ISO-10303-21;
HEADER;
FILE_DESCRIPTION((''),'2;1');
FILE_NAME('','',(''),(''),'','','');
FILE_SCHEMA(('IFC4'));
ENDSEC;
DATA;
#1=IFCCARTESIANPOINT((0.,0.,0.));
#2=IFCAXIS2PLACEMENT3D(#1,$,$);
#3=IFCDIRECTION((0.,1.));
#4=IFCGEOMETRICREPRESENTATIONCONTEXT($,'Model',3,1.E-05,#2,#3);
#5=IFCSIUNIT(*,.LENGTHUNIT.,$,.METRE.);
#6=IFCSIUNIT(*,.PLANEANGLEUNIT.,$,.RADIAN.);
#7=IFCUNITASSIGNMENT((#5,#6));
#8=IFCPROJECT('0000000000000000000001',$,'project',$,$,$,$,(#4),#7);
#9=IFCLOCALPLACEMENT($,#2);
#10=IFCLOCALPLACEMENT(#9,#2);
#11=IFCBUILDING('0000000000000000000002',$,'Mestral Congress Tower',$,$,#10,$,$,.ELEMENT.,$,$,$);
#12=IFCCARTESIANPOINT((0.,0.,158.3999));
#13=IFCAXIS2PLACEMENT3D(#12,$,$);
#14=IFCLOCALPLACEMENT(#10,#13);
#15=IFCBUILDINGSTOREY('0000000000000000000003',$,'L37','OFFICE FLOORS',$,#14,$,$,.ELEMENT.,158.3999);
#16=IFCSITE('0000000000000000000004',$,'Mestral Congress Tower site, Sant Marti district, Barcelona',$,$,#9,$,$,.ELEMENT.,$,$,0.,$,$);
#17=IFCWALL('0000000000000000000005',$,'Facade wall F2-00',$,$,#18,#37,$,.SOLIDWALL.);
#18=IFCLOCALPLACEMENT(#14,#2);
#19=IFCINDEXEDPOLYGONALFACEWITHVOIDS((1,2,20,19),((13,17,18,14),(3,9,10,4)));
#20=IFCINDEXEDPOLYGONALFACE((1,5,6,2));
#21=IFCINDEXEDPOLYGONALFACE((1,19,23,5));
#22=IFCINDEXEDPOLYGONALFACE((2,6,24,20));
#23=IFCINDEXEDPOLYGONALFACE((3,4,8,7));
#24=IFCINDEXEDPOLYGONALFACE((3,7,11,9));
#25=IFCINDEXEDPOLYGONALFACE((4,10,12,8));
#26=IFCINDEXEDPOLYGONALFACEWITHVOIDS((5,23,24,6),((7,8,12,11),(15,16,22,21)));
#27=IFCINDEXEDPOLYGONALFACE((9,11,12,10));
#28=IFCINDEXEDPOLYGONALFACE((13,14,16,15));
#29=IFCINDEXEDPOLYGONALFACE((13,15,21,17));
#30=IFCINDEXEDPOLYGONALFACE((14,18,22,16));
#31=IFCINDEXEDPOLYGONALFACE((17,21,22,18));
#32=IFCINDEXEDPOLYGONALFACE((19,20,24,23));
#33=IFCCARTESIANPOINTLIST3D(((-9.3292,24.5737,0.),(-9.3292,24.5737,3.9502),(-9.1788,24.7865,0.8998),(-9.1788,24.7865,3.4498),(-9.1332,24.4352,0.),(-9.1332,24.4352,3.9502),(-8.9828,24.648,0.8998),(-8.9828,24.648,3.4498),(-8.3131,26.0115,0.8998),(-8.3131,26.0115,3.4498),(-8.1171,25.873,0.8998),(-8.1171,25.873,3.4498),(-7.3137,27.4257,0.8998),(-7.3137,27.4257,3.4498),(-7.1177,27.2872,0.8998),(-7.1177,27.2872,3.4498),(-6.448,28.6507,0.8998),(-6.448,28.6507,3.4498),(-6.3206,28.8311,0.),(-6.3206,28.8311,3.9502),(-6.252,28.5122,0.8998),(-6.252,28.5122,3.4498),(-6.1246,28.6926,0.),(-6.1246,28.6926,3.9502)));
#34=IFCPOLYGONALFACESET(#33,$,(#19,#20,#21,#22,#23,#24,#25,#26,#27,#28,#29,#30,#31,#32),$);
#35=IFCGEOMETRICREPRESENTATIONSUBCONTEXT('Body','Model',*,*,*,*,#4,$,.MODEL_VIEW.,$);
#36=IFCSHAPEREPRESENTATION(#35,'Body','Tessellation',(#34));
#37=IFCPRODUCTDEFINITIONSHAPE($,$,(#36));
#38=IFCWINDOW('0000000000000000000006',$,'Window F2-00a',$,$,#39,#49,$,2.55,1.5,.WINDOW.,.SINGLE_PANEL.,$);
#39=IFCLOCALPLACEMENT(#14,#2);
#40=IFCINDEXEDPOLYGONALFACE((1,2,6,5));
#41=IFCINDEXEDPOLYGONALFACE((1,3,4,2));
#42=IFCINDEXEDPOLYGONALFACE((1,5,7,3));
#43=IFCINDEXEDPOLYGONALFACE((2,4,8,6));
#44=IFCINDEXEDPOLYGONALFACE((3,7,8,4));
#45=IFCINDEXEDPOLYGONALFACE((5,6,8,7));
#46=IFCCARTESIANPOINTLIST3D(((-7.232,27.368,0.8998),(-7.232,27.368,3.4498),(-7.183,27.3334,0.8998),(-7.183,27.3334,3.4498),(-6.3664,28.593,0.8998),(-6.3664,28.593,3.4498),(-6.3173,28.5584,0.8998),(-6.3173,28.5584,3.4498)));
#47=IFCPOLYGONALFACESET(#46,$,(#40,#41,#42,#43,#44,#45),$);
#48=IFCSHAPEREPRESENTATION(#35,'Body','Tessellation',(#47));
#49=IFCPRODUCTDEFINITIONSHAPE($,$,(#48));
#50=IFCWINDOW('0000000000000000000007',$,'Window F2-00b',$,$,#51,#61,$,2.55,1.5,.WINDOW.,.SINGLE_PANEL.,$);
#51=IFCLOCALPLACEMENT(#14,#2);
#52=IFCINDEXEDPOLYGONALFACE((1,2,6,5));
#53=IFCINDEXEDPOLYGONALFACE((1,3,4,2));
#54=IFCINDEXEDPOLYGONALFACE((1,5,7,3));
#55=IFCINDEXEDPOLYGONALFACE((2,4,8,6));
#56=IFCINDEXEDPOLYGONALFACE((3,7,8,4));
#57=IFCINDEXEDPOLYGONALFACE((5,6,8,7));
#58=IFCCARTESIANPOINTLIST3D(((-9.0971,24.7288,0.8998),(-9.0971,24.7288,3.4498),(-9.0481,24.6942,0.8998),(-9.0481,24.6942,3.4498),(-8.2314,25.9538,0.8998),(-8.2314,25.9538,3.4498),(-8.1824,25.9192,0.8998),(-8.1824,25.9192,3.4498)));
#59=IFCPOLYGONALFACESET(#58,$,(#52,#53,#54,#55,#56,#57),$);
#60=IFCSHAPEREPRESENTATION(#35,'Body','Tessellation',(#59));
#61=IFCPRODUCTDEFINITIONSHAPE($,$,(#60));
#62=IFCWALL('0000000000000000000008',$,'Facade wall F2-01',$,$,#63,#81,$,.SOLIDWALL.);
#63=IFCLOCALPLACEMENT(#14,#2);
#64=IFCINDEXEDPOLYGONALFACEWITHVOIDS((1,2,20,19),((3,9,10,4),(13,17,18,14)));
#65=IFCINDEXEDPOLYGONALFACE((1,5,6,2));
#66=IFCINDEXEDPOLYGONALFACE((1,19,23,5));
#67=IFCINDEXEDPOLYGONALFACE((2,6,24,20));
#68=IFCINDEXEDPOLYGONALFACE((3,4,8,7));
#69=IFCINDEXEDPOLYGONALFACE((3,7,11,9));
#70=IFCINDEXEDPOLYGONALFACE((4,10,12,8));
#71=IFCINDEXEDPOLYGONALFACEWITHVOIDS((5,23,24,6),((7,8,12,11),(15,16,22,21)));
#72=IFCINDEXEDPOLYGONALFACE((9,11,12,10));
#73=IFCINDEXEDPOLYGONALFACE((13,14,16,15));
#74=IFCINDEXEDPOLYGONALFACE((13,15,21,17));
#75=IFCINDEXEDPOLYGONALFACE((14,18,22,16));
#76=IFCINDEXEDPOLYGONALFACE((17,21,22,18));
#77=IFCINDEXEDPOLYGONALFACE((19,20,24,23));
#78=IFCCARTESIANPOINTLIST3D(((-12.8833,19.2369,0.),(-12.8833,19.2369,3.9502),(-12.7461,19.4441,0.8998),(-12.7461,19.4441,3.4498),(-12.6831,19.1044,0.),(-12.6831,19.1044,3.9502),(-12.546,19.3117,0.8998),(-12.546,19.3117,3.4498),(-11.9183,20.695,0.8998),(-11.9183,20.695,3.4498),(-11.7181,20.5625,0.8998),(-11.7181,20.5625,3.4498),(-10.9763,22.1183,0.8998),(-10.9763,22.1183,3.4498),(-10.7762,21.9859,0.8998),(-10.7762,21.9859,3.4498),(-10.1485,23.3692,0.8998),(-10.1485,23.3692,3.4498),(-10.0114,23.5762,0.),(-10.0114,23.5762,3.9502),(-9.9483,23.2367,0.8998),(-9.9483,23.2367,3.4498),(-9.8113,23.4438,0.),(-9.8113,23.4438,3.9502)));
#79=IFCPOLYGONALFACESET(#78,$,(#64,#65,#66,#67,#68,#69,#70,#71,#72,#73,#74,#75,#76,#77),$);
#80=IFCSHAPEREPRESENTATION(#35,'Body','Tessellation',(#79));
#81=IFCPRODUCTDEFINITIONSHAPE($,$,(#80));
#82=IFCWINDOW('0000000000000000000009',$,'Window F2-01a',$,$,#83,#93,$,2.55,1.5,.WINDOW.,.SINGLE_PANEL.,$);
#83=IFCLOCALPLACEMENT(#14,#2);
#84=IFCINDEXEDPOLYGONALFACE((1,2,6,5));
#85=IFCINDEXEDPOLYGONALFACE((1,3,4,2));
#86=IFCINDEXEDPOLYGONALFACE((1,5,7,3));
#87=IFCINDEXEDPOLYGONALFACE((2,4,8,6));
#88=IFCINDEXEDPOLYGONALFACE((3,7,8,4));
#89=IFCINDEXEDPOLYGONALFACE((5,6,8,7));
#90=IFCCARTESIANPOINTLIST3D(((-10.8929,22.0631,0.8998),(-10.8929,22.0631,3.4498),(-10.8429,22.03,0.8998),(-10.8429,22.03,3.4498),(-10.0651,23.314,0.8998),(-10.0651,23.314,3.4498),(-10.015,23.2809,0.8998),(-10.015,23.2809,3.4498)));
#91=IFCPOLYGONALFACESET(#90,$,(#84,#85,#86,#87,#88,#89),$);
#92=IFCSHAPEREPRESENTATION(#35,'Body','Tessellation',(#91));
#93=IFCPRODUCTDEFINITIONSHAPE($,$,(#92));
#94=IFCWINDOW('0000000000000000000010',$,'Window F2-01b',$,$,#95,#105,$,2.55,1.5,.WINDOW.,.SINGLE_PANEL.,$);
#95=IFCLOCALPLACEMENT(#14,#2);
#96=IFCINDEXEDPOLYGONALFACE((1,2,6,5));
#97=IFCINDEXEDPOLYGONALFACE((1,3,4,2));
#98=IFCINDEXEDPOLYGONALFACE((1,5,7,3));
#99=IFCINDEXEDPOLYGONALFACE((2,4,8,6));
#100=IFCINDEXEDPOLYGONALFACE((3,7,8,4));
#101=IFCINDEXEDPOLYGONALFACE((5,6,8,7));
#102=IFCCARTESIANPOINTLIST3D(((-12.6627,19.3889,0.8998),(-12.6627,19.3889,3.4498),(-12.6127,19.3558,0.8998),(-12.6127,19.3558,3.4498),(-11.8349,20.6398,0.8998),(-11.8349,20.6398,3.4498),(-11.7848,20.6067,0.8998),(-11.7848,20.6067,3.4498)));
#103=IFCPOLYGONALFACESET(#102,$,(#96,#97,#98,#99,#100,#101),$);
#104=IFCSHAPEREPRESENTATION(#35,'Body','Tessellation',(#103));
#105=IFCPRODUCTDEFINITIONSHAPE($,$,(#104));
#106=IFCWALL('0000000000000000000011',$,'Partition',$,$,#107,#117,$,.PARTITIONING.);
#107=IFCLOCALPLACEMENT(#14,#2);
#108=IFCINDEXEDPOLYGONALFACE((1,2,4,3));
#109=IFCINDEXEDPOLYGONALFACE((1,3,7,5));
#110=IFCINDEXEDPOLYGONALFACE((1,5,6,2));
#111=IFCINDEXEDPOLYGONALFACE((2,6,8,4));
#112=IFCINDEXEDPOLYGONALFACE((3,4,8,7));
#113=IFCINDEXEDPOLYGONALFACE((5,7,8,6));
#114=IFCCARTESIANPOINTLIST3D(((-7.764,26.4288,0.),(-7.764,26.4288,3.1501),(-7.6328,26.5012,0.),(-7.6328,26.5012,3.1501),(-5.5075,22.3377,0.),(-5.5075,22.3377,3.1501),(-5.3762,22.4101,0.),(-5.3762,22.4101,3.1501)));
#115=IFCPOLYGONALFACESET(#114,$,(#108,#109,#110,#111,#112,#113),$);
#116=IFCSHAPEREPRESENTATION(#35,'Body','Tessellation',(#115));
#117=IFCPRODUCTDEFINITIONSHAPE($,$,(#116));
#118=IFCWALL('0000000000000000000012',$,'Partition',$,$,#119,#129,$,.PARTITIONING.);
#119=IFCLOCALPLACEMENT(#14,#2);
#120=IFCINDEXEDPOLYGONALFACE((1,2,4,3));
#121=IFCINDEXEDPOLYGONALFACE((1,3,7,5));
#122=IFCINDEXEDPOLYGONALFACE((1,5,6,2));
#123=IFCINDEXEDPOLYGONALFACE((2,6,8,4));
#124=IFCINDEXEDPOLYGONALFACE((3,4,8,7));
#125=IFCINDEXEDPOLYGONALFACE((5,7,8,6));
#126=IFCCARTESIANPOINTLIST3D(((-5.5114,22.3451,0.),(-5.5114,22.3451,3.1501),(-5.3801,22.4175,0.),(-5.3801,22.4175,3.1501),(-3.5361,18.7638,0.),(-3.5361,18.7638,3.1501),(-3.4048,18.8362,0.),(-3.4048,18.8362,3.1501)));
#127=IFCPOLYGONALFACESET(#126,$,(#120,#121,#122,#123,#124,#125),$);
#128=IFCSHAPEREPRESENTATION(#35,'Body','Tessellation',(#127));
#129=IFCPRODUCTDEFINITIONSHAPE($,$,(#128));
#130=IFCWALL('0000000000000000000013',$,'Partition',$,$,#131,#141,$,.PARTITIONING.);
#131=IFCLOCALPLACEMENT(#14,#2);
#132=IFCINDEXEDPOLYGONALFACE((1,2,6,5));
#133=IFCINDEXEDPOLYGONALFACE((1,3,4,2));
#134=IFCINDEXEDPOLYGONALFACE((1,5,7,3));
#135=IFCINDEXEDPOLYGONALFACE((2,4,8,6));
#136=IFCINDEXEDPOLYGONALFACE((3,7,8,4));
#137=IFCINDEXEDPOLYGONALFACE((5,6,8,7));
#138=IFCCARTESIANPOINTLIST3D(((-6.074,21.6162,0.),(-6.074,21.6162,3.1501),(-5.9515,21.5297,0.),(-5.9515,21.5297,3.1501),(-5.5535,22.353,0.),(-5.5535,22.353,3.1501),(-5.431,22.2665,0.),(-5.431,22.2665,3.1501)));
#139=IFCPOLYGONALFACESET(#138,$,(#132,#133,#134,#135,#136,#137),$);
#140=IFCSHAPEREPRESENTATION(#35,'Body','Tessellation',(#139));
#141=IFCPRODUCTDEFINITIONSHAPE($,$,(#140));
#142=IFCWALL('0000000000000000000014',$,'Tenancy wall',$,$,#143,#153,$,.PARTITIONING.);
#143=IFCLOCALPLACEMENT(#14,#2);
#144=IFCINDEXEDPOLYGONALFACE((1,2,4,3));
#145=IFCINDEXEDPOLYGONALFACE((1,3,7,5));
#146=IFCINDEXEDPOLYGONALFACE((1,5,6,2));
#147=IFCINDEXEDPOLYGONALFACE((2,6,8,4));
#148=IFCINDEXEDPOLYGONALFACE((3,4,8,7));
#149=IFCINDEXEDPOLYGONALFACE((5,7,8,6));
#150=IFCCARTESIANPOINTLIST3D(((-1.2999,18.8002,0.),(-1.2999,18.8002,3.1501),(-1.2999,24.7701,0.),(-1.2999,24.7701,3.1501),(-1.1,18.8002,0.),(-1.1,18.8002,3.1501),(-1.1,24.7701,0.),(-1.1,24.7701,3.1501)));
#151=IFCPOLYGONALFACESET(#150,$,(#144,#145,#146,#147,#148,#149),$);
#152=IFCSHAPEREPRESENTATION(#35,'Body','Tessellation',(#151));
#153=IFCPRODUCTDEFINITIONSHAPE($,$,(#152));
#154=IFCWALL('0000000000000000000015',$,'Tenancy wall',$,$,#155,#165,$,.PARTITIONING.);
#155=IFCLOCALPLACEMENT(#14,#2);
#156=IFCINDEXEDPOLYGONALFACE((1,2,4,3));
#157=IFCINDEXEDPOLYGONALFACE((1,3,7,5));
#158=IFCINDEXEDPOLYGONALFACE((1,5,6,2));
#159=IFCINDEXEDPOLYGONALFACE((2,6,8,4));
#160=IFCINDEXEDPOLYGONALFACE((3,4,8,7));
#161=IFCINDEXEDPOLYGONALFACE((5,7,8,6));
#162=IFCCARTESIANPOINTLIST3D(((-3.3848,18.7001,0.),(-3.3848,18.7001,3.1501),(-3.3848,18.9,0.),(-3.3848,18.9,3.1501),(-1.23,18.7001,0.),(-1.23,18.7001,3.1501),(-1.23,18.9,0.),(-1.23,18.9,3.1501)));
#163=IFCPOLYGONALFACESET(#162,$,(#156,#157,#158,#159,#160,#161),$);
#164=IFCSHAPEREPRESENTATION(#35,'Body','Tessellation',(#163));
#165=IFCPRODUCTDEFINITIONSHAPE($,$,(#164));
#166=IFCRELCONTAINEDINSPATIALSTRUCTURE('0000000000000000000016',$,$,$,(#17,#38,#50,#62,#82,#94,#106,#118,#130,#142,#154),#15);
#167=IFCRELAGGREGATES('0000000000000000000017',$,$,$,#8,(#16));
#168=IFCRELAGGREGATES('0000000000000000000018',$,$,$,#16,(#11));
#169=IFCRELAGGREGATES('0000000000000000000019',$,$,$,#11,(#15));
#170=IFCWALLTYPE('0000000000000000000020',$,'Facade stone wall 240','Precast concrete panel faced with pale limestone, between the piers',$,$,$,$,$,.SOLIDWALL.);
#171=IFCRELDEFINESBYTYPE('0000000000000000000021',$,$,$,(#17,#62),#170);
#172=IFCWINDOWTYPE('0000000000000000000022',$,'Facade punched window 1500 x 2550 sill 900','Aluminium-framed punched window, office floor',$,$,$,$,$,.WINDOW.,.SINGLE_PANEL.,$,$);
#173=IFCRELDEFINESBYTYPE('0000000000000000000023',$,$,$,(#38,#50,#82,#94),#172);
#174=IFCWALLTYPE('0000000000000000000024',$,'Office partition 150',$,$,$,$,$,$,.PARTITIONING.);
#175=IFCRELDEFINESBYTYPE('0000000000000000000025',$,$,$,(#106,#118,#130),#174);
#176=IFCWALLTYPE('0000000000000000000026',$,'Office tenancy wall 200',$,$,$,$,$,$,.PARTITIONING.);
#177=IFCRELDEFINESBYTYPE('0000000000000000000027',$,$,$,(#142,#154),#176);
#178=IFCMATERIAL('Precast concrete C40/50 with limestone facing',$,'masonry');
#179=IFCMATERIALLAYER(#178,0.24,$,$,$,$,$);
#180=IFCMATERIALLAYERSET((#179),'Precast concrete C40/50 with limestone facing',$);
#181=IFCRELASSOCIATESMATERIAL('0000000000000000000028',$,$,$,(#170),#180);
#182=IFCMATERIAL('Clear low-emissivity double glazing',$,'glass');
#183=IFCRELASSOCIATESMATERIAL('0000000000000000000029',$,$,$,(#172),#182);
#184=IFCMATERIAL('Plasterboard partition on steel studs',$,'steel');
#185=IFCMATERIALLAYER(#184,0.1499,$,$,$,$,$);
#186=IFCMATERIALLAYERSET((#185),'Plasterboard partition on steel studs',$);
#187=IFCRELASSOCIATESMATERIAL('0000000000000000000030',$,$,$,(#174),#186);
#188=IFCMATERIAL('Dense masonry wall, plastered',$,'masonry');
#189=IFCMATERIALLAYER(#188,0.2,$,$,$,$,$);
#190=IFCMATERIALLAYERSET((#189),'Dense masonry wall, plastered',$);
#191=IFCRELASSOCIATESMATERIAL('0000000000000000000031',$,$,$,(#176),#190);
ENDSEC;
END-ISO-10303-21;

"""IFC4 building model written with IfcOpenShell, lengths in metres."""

from ifc_helpers import new_model, si_unit, direction, frame, frame_2d, origin, place, context, subcontext, project, spatial, rectangle, extrude, material, layer, layer_set, type_object, element, fill, save


model = new_model("IFC4")

# Units and contexts
model_context = context("Model", 3, precision=1e-05, world=origin(), true_north=direction((0.0, 1.0)))
body_context = subcontext(model_context, "Body", "Model", "MODEL_VIEW")
ifc_project = project(units=[si_unit("LENGTHUNIT", "METRE"), si_unit("PLANEANGLEUNIT", "RADIAN")], contexts=[model_context])

# Site, building, storey
site_placement = place(None, origin())
site = spatial("IfcSite", under=ifc_project, at=site_placement, Name="Mestral Congress Tower site, Sant Marti district, Barcelona", CompositionType="ELEMENT", RefElevation=0.0)
building_placement = place(site_placement, origin())
building = spatial("IfcBuilding", under=site, at=building_placement, Name="Mestral Congress Tower", CompositionType="ELEMENT")
storey_placement = place(building_placement, frame((0.0, 0.0, 158.3999)))
storey = spatial("IfcBuildingStorey", under=building, at=storey_placement, Name="L37", Description="OFFICE FLOORS", CompositionType="ELEMENT", Elevation=158.3999)

# Shared definitions
ifc_material_1 = material(Name="Precast concrete C40/50 with limestone facing", Category="masonry")
ifc_layer_1 = layer(ifc_material_1, 0.24)
ifc_layer_set_1 = layer_set([ifc_layer_1], Name="Precast concrete C40/50 with limestone facing")
wall_type_1 = type_object("IfcWallType", Name="Facade stone wall 240", Description="Precast concrete panel faced with pale limestone, between the piers", PredefinedType="SOLIDWALL", material=ifc_layer_set_1)
ifc_material_2 = material(Name="Clear low-emissivity double glazing", Category="glass")

# Walls, openings, windows
wall_1_placement = place(storey_placement, frame((-6.2227, 28.7617, 0.0), z_axis=(0.0, 0.0, 1.0), x_axis=(-0.577115, -0.816663, 0.0)))
wall_1 = element("IfcWall", 1, at=wall_1_placement, inside=storey, type_object=wall_type_1, Name="Facade wall F2-00", PredefinedType="SOLIDWALL", context=body_context, shape_type="SweptSolid", body=[
    extrude(rectangle(XDim=5.2131, YDim=0.24, at=frame_2d((2.6064, 0.0))), origin(), (0.0, 0.0, 1.0), 3.9502),
])
opening_1_placement = place(wall_1_placement, frame((0.2207, 0.0, 0.8999)))
opening_1 = element("IfcOpeningElement", 2, at=opening_1_placement, cuts=wall_1, PredefinedType="OPENING", context=body_context, shape_type="SweptSolid", body=[
    extrude(rectangle(XDim=1.5, YDim=2.55, at=frame_2d((0.75, 1.2749))), frame((0.0, 0.1299, 0.0), z_axis=(0.0, -1.0, 0.0), x_axis=(1.0, 0.0, 0.0)), (0.0, 0.0, 1.0), 0.26),
])
opening_2_placement = place(wall_1_placement, frame((3.4524, 0.0, 0.8999)))
opening_2 = element("IfcOpeningElement", 3, at=opening_2_placement, cuts=wall_1, PredefinedType="OPENING", context=body_context, shape_type="SweptSolid", body=[
    extrude(rectangle(XDim=1.5, YDim=2.55, at=frame_2d((0.75, 1.2749))), frame((0.0, 0.1299, 0.0), z_axis=(0.0, -1.0, 0.0), x_axis=(1.0, 0.0, 0.0)), (0.0, 0.0, 1.0), 0.26),
])
window_type_1 = type_object("IfcWindowType", Name="Facade punched window 1500 x 2550 sill 900", Description="Aluminium-framed punched window, office floor", PartitioningType="SINGLE_PANEL", PredefinedType="WINDOW", material=ifc_material_2)
window_1_placement = place(opening_1_placement, origin())
window_1 = element("IfcWindow", 4, at=window_1_placement, inside=storey, type_object=window_type_1, Name="Window F2-00a", OverallHeight=2.55, OverallWidth=1.5, PartitioningType="SINGLE_PANEL", PredefinedType="WINDOW", context=body_context, shape_type="SweptSolid", body=[
    extrude(rectangle(XDim=1.5, YDim=2.55, at=frame_2d((0.75, 1.2749))), frame((0.0, 0.04, 0.0), z_axis=(0.0, -1.0, 0.0), x_axis=(1.0, 0.0, 0.0)), (0.0, 0.0, 1.0), 0.0601),
])
fill(opening_1, window_1)
window_2_placement = place(opening_2_placement, origin())
window_2 = element("IfcWindow", 5, at=window_2_placement, inside=storey, type_object=window_type_1, Name="Window F2-00b", OverallHeight=2.55, OverallWidth=1.5, PartitioningType="SINGLE_PANEL", PredefinedType="WINDOW", context=body_context, shape_type="SweptSolid", body=[
    extrude(rectangle(XDim=1.5, YDim=2.55, at=frame_2d((0.75, 1.2749))), frame((0.0, 0.04, 0.0), z_axis=(0.0, -1.0, 0.0), x_axis=(1.0, 0.0, 0.0)), (0.0, 0.0, 1.0), 0.0601),
])
fill(opening_2, window_2)
wall_2_placement = place(storey_placement, frame((-9.9114, 23.51, 0.0), z_axis=(0.0, 0.0, 1.0), x_axis=(-0.551893, -0.833915, 0.0)))
wall_2 = element("IfcWall", 6, at=wall_2_placement, inside=storey, type_object=wall_type_1, Name="Facade wall F2-01", PredefinedType="SOLIDWALL", context=body_context, shape_type="SweptSolid", body=[
    extrude(rectangle(XDim=5.2036, YDim=0.24, at=frame_2d((2.6018, 0.0))), origin(), (0.0, 0.0, 1.0), 3.9502),
])
opening_3_placement = place(wall_2_placement, frame((0.2483, 0.0, 0.8999)))
opening_3 = element("IfcOpeningElement", 7, at=opening_3_placement, cuts=wall_2, PredefinedType="OPENING", context=body_context, shape_type="SweptSolid", body=[
    extrude(rectangle(XDim=1.5, YDim=2.55, at=frame_2d((0.75, 1.2749))), frame((0.0, 0.1299, 0.0), z_axis=(0.0, -1.0, 0.0), x_axis=(1.0, 0.0, 0.0)), (0.0, 0.0, 1.0), 0.26),
])
opening_4_placement = place(wall_2_placement, frame((3.4551, 0.0, 0.8999)))
opening_4 = element("IfcOpeningElement", 8, at=opening_4_placement, cuts=wall_2, PredefinedType="OPENING", context=body_context, shape_type="SweptSolid", body=[
    extrude(rectangle(XDim=1.5, YDim=2.55, at=frame_2d((0.75, 1.2749))), frame((0.0, 0.1299, 0.0), z_axis=(0.0, -1.0, 0.0), x_axis=(1.0, 0.0, 0.0)), (0.0, 0.0, 1.0), 0.26),
])
window_3_placement = place(opening_3_placement, origin())
window_3 = element("IfcWindow", 9, at=window_3_placement, inside=storey, type_object=window_type_1, Name="Window F2-01a", OverallHeight=2.55, OverallWidth=1.5, PartitioningType="SINGLE_PANEL", PredefinedType="WINDOW", context=body_context, shape_type="SweptSolid", body=[
    extrude(rectangle(XDim=1.5, YDim=2.55, at=frame_2d((0.75, 1.2749))), frame((0.0, 0.04, 0.0), z_axis=(0.0, -1.0, 0.0), x_axis=(1.0, 0.0, 0.0)), (0.0, 0.0, 1.0), 0.0601),
])
fill(opening_3, window_3)
window_4_placement = place(opening_4_placement, origin())
window_4 = element("IfcWindow", 10, at=window_4_placement, inside=storey, type_object=window_type_1, Name="Window F2-01b", OverallHeight=2.55, OverallWidth=1.5, PartitioningType="SINGLE_PANEL", PredefinedType="WINDOW", context=body_context, shape_type="SweptSolid", body=[
    extrude(rectangle(XDim=1.5, YDim=2.55, at=frame_2d((0.75, 1.2749))), frame((0.0, 0.04, 0.0), z_axis=(0.0, -1.0, 0.0), x_axis=(1.0, 0.0, 0.0)), (0.0, 0.0, 1.0), 0.0601),
])
fill(opening_4, window_4)

# Walls
ifc_material_3 = material(Name="Plasterboard partition on steel studs", Category="steel")
ifc_layer_2 = layer(ifc_material_3, 0.1499)
ifc_layer_set_2 = layer_set([ifc_layer_2], Name="Plasterboard partition on steel studs")
wall_type_2 = type_object("IfcWallType", Name="Office partition 150", PredefinedType="PARTITIONING", material=ifc_layer_set_2)
wall_3_placement = place(storey_placement, frame((-5.4419, 22.374, 0.0), z_axis=(0.0, 0.0, 1.0), x_axis=(-0.482988, 0.875627, 0.0)))
element("IfcWall", 11, at=wall_3_placement, inside=storey, type_object=wall_type_2, Name="Partition", PredefinedType="PARTITIONING", context=body_context, shape_type="SweptSolid", body=[
    extrude(rectangle(XDim=4.6721, YDim=0.1499, at=frame_2d((2.3359, 0.0))), origin(), (0.0, 0.0, 1.0), 3.1501),
])
wall_4_placement = place(storey_placement, frame((-3.4705, 18.8, 0.0), z_axis=(0.0, 0.0, 1.0), x_axis=(-0.482975, 0.875634, 0.0)))
element("IfcWall", 12, at=wall_4_placement, inside=storey, type_object=wall_type_2, Name="Partition", PredefinedType="PARTITIONING", context=body_context, shape_type="SweptSolid", body=[
    extrude(rectangle(XDim=4.0898, YDim=0.1499, at=frame_2d((2.0449, 0.0))), origin(), (0.0, 0.0, 1.0), 3.1501),
])
wall_5_placement = place(storey_placement, frame((-5.4922, 22.3098, 0.0), z_axis=(0.0, 0.0, 1.0), x_axis=(-0.576981, -0.816758, 0.0)))
element("IfcWall", 13, at=wall_5_placement, inside=storey, type_object=wall_type_2, Name="Partition", PredefinedType="PARTITIONING", context=body_context, shape_type="SweptSolid", body=[
    extrude(rectangle(XDim=0.9021, YDim=0.1499, at=frame_2d((0.4512, 0.0))), origin(), (0.0, 0.0, 1.0), 3.1501),
])
ifc_material_4 = material(Name="Dense masonry wall, plastered", Category="masonry")
ifc_layer_3 = layer(ifc_material_4, 0.2)
ifc_layer_set_3 = layer_set([ifc_layer_3], Name="Dense masonry wall, plastered")
wall_type_3 = type_object("IfcWallType", Name="Office tenancy wall 200", PredefinedType="PARTITIONING", material=ifc_layer_set_3)
wall_6_placement = place(storey_placement, frame((-1.2, 24.77, 0.0), z_axis=(0.0, 0.0, 1.0), x_axis=(0.0, -1.0, 0.0)))
element("IfcWall", 14, at=wall_6_placement, inside=storey, type_object=wall_type_3, Name="Tenancy wall", PredefinedType="PARTITIONING", context=body_context, shape_type="SweptSolid", body=[
    extrude(rectangle(XDim=5.97, YDim=0.2, at=frame_2d((2.9849, 0.0))), origin(), (0.0, 0.0, 1.0), 3.1501),
])
wall_7_placement = place(storey_placement, frame((-1.23, 18.8, 0.0), z_axis=(0.0, 0.0, 1.0), x_axis=(-1.0, 0.0, 0.0)))
element("IfcWall", 15, at=wall_7_placement, inside=storey, type_object=wall_type_3, Name="Tenancy wall", PredefinedType="PARTITIONING", context=body_context, shape_type="SweptSolid", body=[
    extrude(rectangle(XDim=2.1548, YDim=0.2, at=frame_2d((1.0774, 0.0))), origin(), (0.0, 0.0, 1.0), 3.1501),
])

save(model, "model.ifc")
